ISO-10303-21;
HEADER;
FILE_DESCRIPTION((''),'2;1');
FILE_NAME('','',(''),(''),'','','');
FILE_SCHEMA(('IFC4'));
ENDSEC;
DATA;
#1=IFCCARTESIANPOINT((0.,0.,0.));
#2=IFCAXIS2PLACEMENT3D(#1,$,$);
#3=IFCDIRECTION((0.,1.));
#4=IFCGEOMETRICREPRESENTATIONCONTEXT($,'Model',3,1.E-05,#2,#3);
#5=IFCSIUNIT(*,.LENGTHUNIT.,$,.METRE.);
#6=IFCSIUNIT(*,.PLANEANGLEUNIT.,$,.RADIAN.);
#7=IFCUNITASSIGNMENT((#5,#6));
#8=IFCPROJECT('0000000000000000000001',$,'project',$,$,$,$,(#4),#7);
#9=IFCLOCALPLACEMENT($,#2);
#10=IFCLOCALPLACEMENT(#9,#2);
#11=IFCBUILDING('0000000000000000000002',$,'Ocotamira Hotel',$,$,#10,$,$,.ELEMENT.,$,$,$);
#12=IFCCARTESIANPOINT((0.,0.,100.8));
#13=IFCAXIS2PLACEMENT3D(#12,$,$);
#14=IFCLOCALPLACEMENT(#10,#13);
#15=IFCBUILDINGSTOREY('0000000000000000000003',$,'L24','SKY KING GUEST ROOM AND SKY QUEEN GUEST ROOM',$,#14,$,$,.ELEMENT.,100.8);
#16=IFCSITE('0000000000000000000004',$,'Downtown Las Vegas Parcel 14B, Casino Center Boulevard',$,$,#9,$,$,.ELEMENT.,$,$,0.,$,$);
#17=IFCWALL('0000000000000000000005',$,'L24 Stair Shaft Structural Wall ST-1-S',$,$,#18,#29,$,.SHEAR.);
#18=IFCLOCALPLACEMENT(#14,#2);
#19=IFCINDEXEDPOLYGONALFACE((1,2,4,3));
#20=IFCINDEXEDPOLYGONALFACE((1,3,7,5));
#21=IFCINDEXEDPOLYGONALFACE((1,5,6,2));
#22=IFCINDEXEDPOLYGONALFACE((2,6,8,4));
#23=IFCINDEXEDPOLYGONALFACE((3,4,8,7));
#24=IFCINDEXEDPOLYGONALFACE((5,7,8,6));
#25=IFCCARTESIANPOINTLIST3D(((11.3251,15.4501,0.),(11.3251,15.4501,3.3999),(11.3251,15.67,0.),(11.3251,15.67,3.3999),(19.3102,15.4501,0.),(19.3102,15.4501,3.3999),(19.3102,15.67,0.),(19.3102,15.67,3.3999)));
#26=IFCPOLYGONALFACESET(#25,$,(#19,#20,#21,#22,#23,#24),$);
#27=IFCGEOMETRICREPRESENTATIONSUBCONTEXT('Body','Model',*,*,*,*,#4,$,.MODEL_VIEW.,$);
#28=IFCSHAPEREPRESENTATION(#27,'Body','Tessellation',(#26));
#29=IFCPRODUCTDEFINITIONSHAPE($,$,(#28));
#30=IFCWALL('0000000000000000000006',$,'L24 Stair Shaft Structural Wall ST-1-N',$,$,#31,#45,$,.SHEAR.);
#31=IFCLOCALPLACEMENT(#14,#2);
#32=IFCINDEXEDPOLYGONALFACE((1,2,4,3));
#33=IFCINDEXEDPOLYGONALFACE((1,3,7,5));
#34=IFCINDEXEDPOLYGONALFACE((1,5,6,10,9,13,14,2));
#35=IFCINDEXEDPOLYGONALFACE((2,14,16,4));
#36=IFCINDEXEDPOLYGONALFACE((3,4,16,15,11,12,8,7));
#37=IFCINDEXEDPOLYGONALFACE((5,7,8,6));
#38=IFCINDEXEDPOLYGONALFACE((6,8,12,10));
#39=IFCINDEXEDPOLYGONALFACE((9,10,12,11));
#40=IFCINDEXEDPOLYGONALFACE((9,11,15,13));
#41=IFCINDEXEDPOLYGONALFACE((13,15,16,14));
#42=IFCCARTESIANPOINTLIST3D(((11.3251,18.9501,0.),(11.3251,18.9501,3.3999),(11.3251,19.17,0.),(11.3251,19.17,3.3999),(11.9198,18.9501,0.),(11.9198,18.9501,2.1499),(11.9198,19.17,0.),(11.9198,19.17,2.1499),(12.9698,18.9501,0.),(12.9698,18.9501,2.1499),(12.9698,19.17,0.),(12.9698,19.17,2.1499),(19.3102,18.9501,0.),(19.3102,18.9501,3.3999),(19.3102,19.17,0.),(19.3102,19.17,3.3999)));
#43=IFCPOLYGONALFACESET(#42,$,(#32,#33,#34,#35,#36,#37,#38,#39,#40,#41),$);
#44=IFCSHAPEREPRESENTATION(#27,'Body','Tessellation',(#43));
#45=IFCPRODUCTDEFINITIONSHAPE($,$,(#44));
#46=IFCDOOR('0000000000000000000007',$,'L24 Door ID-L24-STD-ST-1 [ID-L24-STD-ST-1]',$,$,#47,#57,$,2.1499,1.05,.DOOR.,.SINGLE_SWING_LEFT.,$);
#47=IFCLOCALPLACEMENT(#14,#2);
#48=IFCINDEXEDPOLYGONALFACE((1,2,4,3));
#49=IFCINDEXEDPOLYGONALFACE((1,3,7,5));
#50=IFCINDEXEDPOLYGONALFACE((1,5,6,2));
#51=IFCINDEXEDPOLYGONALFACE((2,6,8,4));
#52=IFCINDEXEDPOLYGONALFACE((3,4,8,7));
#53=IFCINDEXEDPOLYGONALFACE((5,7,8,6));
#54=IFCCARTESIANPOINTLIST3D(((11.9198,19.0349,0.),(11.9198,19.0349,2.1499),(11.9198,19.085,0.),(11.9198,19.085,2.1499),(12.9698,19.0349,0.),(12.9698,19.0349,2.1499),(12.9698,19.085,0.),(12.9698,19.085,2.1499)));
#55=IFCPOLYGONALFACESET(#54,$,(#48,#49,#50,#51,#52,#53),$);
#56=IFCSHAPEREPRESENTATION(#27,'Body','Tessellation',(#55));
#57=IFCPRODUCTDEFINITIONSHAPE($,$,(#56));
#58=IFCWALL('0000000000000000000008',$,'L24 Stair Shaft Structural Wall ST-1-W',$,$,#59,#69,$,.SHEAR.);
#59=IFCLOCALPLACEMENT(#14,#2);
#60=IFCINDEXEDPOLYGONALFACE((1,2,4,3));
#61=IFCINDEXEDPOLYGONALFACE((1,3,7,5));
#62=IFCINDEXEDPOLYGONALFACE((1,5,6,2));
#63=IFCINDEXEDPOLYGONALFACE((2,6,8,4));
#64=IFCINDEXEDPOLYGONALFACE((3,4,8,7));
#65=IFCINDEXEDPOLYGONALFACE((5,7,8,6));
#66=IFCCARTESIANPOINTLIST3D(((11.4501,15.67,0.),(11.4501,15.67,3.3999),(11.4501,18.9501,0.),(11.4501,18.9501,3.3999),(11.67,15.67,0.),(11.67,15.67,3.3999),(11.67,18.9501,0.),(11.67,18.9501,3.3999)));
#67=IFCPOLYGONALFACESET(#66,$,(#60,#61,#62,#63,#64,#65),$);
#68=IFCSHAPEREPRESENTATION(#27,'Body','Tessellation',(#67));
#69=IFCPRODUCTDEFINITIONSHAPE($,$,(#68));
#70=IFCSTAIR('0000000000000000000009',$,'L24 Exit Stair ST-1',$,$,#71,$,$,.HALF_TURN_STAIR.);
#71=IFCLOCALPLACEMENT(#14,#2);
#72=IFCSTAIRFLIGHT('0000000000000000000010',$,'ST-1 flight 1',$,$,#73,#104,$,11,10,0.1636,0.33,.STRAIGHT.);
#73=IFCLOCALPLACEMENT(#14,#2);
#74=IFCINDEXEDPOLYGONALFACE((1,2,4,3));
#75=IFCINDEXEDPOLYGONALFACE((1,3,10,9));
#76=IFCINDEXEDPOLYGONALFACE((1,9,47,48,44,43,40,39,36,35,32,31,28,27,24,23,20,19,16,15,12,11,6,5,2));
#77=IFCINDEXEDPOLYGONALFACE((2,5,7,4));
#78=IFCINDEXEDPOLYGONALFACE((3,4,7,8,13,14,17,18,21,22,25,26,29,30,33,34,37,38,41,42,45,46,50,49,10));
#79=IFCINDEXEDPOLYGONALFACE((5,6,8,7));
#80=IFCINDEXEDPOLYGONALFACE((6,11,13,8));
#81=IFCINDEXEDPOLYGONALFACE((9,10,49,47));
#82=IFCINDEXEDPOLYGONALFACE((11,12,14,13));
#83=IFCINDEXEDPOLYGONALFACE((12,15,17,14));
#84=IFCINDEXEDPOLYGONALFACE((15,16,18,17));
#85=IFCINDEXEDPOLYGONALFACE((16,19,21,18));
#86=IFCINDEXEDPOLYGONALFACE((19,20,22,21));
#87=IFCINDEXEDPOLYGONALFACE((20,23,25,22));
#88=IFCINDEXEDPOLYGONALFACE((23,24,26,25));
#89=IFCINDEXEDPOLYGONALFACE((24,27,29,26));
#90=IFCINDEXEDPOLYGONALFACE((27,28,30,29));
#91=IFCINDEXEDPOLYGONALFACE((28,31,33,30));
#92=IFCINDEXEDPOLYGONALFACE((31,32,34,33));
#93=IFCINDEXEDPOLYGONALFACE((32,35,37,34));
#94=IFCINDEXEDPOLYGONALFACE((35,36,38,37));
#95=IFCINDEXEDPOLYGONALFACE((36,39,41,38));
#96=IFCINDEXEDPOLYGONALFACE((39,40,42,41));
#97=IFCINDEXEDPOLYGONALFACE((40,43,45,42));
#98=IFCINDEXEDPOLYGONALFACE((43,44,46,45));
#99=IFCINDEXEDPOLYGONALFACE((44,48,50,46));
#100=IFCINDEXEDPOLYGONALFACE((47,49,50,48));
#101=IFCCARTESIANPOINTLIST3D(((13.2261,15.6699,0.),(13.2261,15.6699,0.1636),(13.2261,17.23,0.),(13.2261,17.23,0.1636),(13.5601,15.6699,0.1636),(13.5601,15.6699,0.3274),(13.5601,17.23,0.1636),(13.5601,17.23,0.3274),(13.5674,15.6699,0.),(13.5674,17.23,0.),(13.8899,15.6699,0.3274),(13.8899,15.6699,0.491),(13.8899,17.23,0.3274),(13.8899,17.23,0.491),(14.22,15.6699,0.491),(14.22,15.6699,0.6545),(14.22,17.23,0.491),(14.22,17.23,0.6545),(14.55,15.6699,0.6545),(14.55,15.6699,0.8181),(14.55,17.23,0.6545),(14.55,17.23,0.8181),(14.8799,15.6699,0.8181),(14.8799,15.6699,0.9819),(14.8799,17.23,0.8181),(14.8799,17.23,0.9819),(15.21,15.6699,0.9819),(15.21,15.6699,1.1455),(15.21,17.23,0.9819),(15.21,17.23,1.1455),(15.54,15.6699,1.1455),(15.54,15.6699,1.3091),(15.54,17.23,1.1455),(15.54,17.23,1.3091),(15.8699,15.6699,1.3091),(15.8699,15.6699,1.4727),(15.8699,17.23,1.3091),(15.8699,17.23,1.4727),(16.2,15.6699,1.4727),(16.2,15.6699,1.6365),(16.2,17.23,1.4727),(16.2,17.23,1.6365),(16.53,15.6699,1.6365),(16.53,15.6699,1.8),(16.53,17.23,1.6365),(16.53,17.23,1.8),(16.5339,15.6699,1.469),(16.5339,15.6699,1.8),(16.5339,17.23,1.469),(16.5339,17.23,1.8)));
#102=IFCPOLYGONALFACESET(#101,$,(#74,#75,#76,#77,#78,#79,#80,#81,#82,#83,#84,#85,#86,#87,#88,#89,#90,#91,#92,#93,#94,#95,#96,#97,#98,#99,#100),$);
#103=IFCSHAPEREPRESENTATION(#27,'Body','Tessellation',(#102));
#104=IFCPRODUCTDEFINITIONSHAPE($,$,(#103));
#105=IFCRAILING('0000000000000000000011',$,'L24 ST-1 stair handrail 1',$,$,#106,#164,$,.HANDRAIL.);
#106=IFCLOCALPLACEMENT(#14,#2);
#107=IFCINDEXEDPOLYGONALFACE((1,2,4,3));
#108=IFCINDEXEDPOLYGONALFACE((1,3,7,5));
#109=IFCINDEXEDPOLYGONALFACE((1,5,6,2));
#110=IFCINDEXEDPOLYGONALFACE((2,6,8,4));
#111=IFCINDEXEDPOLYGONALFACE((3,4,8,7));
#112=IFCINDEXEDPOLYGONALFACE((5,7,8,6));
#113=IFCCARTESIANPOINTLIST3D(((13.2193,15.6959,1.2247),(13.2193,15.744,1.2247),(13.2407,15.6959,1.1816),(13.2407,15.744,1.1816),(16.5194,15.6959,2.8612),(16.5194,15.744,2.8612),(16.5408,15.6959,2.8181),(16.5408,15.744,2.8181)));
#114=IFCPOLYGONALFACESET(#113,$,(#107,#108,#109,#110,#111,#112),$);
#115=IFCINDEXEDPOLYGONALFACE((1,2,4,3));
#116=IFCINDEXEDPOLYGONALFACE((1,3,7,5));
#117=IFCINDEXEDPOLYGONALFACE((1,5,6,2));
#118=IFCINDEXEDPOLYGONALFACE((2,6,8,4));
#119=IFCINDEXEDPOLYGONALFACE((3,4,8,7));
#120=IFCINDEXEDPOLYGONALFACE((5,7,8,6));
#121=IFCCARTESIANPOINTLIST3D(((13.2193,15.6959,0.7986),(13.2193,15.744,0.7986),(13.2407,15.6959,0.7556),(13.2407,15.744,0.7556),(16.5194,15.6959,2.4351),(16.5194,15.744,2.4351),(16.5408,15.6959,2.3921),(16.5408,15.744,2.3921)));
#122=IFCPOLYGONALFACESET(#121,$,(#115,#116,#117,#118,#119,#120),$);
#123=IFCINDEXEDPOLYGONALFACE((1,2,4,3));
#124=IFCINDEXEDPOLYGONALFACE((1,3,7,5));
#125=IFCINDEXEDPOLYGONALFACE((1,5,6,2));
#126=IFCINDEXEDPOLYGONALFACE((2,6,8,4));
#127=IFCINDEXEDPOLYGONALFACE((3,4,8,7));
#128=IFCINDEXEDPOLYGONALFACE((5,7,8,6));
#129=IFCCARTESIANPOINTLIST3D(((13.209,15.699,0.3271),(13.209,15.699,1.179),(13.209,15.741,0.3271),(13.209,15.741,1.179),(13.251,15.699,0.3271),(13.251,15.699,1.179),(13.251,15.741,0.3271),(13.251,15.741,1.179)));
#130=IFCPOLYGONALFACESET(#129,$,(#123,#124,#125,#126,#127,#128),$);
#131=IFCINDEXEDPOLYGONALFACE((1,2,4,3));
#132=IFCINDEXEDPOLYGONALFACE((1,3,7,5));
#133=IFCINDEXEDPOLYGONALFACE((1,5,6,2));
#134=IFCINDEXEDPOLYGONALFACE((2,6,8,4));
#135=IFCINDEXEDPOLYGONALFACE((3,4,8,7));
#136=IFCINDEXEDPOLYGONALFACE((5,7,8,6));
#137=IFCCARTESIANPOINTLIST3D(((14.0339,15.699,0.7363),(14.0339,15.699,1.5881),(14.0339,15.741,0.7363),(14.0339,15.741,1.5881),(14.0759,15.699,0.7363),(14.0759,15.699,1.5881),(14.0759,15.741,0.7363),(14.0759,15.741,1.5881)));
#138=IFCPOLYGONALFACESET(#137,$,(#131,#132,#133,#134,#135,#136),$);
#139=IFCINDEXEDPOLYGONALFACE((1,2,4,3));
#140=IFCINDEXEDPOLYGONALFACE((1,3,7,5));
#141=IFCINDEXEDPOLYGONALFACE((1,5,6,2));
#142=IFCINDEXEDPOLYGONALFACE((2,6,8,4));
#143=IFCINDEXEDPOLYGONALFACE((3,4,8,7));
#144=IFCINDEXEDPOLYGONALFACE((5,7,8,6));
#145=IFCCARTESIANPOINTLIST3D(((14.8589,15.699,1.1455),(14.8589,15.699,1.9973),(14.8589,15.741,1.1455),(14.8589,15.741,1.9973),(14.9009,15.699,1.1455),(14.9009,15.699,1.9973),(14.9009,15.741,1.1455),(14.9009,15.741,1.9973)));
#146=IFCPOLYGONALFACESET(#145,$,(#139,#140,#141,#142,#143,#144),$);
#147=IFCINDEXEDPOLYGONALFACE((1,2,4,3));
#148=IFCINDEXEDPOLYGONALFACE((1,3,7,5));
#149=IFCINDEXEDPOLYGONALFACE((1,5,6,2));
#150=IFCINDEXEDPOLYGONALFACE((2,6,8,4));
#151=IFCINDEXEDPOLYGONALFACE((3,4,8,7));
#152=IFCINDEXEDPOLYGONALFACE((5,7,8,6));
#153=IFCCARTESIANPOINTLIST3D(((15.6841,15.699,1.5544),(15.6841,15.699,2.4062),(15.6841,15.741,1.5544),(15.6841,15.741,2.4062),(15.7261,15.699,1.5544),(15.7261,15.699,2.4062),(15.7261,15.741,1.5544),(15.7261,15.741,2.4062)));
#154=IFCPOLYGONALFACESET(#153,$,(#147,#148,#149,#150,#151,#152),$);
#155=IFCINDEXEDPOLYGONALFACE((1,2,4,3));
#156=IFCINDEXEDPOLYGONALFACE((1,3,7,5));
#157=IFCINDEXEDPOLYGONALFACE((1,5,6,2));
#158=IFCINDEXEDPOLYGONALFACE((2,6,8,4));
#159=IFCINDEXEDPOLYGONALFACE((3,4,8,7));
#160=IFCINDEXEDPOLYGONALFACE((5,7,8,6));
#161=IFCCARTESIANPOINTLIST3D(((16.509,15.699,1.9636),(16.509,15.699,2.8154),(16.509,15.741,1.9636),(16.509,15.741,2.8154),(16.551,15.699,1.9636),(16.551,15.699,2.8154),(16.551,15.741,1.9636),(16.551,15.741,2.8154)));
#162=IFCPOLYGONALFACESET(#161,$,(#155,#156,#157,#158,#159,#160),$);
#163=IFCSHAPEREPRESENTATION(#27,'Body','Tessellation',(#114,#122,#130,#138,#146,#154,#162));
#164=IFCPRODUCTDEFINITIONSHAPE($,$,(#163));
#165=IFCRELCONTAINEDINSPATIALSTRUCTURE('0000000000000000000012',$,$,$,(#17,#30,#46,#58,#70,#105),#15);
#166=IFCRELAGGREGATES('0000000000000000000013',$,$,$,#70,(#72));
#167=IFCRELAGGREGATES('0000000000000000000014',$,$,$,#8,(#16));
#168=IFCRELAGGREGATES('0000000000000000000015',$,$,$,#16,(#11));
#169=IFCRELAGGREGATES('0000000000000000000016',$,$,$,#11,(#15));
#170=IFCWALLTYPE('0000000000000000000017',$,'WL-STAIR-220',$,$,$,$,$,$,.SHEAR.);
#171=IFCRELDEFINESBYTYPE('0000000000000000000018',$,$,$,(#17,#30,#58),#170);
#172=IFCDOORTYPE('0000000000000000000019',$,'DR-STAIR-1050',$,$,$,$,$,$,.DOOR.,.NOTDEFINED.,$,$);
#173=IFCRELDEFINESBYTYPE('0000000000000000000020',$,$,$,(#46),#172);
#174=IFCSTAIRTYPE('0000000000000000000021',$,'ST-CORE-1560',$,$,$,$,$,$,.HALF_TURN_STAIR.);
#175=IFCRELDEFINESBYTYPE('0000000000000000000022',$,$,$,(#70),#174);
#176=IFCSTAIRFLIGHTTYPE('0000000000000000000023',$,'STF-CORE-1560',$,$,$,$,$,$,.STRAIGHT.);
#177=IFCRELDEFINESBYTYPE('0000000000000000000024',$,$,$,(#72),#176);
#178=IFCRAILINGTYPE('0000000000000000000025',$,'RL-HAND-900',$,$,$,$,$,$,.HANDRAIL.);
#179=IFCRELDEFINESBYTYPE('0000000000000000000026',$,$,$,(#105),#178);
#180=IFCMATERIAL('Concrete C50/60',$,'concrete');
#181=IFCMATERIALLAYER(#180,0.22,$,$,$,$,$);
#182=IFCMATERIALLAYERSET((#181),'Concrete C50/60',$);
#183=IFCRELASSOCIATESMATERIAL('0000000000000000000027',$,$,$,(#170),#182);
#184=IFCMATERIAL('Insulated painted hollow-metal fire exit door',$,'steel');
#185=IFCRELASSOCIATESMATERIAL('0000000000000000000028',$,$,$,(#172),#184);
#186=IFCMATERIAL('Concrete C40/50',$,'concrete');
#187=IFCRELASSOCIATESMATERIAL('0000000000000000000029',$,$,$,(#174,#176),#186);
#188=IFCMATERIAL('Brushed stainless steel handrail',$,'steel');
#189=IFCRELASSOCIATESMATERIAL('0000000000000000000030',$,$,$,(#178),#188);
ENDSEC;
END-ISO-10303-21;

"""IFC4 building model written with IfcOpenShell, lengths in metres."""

from ifc_helpers import new_model, si_unit, direction, frame, frame_2d, origin, origin_2d, place, context, subcontext, project, spatial, polyline, rectangle, outline, extrude, source, transform, mapped, material, layer, layer_set, type_object, element, fill, aggregate, save


model = new_model("IFC4")

# Units and contexts
model_context = context("Model", 3, precision=1e-05, world=origin(), true_north=direction((0.0, 1.0)))
body_context = subcontext(model_context, "Body", "Model", "MODEL_VIEW")
ifc_project = project(units=[si_unit("LENGTHUNIT", "METRE"), si_unit("PLANEANGLEUNIT", "RADIAN")], contexts=[model_context])

# Site, building, storey
site_placement = place(None, origin())
site = spatial("IfcSite", under=ifc_project, at=site_placement, Name="Downtown Las Vegas Parcel 14B, Casino Center Boulevard", CompositionType="ELEMENT", RefElevation=0.0)
building_placement = place(site_placement, origin())
building = spatial("IfcBuilding", under=site, at=building_placement, Name="Ocotamira Hotel", CompositionType="ELEMENT")
storey_placement = place(building_placement, frame((0.0, 0.0, 100.8)))
storey = spatial("IfcBuildingStorey", under=building, at=storey_placement, Name="L24", Description="SKY KING GUEST ROOM AND SKY QUEEN GUEST ROOM", CompositionType="ELEMENT", Elevation=100.8)

# Wall
ifc_material_1 = material(Name="Concrete C50/60", Category="concrete")
ifc_layer_1 = layer(ifc_material_1, 0.22)
ifc_layer_set_1 = layer_set([ifc_layer_1], Name="Concrete C50/60")
wall_type_1 = type_object("IfcWallType", Name="WL-STAIR-220", PredefinedType="SHEAR", material=ifc_layer_set_1)
wall_1_placement = place(storey_placement, frame((11.325, 15.5601, 0.0), z_axis=(0.0, 0.0, 1.0), x_axis=(1.0, 0.0, 0.0)))
element("IfcWall", 1, at=wall_1_placement, inside=storey, type_object=wall_type_1, Name="L24 Stair Shaft Structural Wall ST-1-S", PredefinedType="SHEAR", context=body_context, shape_type="SweptSolid", body=[
    extrude(rectangle(XDim=7.9851, YDim=0.22, at=frame_2d((3.9927, 0.0))), origin(), (0.0, 0.0, 1.0), 3.3999),
])

# Wall, opening, door
wall_2_placement = place(storey_placement, frame((11.325, 19.0601, 0.0), z_axis=(0.0, 0.0, 1.0), x_axis=(1.0, 0.0, 0.0)))
wall_2 = element("IfcWall", 2, at=wall_2_placement, inside=storey, type_object=wall_type_1, Name="L24 Stair Shaft Structural Wall ST-1-N", PredefinedType="SHEAR", context=body_context, shape_type="SweptSolid", body=[
    extrude(rectangle(XDim=7.9851, YDim=0.22, at=frame_2d((3.9927, 0.0))), origin(), (0.0, 0.0, 1.0), 3.3999),
])
opening_1_placement = place(wall_2_placement, frame((0.595, 0.0, 0.0)))
opening_1 = element("IfcOpeningElement", 3, at=opening_1_placement, cuts=wall_2, PredefinedType="OPENING", context=body_context, shape_type="SweptSolid", body=[
    extrude(rectangle(XDim=1.05, YDim=2.1499, at=frame_2d((0.5249, 1.075))), frame((0.0, 0.1201, 0.0), z_axis=(0.0, -1.0, 0.0), x_axis=(1.0, 0.0, 0.0)), (0.0, 0.0, 1.0), 0.24),
])
ifc_material_2 = material(Name="Insulated painted hollow-metal fire exit door", Category="steel")
door_type_1 = type_object("IfcDoorType", Name="DR-STAIR-1050", OperationType="NOTDEFINED", PredefinedType="DOOR", material=ifc_material_2)
shared_shape_1 = source(origin(), body_context, "Body", "SweptSolid", [
    extrude(rectangle(XDim=1.05, YDim=2.1499, at=frame_2d((0.5249, 1.075))), frame((0.0, 0.0249, 0.0), z_axis=(0.0, -1.0, 0.0), x_axis=(1.0, 0.0, 0.0)), (0.0, 0.0, 1.0), 0.05),
])
door_1_placement = place(opening_1_placement, origin())
door_1 = element("IfcDoor", 4, at=door_1_placement, inside=storey, type_object=door_type_1, Name="L24 Door ID-L24-STD-ST-1 [ID-L24-STD-ST-1]", OperationType="SINGLE_SWING_LEFT", OverallHeight=2.1499, OverallWidth=1.05, PredefinedType="DOOR", context=body_context, shape_type="MappedRepresentation", body=[
    mapped(shared_shape_1, transform((0.0, 0.0, 0.0), scale=1.0)),
])
fill(opening_1, door_1)

# Wall
wall_3_placement = place(storey_placement, frame((11.5601, 15.6699, 0.0), z_axis=(0.0, 0.0, 1.0), x_axis=(0.0, 1.0, 0.0)))
element("IfcWall", 5, at=wall_3_placement, inside=storey, type_object=wall_type_1, Name="L24 Stair Shaft Structural Wall ST-1-W", PredefinedType="SHEAR", context=body_context, shape_type="SweptSolid", body=[
    extrude(rectangle(XDim=3.28, YDim=0.22, at=frame_2d((1.6401, 0.0))), origin(), (0.0, 0.0, 1.0), 3.3999),
])

# Stair, stair flight
ifc_material_3 = material(Name="Concrete C40/50", Category="concrete")
stair_type = type_object("IfcStairType", Name="ST-CORE-1560", PredefinedType="HALF_TURN_STAIR", material=ifc_material_3)
stair_placement = place(storey_placement, origin())
stair = element("IfcStair", 6, at=stair_placement, inside=storey, type_object=stair_type, Name="L24 Exit Stair ST-1", PredefinedType="HALF_TURN_STAIR")
stair_flight_type = type_object("IfcStairFlightType", Name="STF-CORE-1560", PredefinedType="STRAIGHT", material=ifc_material_3)
shared_shape_2 = source(origin(), body_context, "Body", "SweptSolid", [
    extrude(outline(polyline([(-0.0039, 0.0), (-0.0039, 0.1636), (0.3301, 0.1636), (0.3301, 0.3274), (0.6599, 0.3274), (0.6599, 0.491), (0.99, 0.491), (0.99, 0.6545), (1.3201, 0.6545), (1.3201, 0.8181), (1.6499, 0.8181), (1.6499, 0.9819), (1.98, 0.9819), (1.98, 1.1455), (2.3101, 1.1455), (2.3101, 1.3091), (2.6399, 1.3091), (2.6399, 1.4727), (2.97, 1.4727), (2.97, 1.6365), (3.3, 1.6365), (3.3, 1.8), (3.304, 1.8), (3.304, 1.469), (0.3374, 0.0), (-0.0039, 0.0)])), frame((0.0, 0.78, 0.0), z_axis=(0.0, -1.0, 0.0), x_axis=(1.0, 0.0, 0.0)), (0.0, 0.0, 1.0), 1.5601),
])
stair_flight_placement = place(storey_placement, frame((13.23, 16.45, 0.0), z_axis=(0.0, 0.0, 1.0), x_axis=(1.0, 0.0, 0.0)))
stair_flight = element("IfcStairFlight", 7, at=stair_flight_placement, type_object=stair_flight_type, Name="ST-1 flight 1", NumberOfRisers=11, NumberOfTreads=10, PredefinedType="STRAIGHT", RiserHeight=0.1636, TreadLength=0.33, context=body_context, shape_type="MappedRepresentation", body=[
    mapped(shared_shape_2, transform((0.0, 0.0, 0.0), scale=1.0)),
])
aggregate(stair, [stair_flight])

# Railing
ifc_material_4 = material(Name="Brushed stainless steel handrail", Category="steel")
railing_type_1 = type_object("IfcRailingType", Name="RL-HAND-900", PredefinedType="HANDRAIL", material=ifc_material_4)
railing_1_placement = place(storey_placement, frame((13.23, 15.72, 0.3271)))
element("IfcRailing", 8, at=railing_1_placement, inside=storey, type_object=railing_type_1, Name="L24 ST-1 stair handrail 1", PredefinedType="HANDRAIL", context=body_context, shape_type="SweptSolid", body=[
    extrude(rectangle(XDim=0.0481, YDim=0.0481, at=origin_2d()), frame((0.0, 0.0, 0.876), z_axis=(0.895894, 0.0, 0.444268), x_axis=(0.0, 1.0, 0.0)), (0.0, 0.0, 1.0), 3.6836),
    extrude(rectangle(XDim=0.0481, YDim=0.0481, at=origin_2d()), frame((0.0, 0.0, 0.45), z_axis=(0.895894, 0.0, 0.444268), x_axis=(0.0, 1.0, 0.0)), (0.0, 0.0, 1.0), 3.6836),
    extrude(rectangle(XDim=0.042, YDim=0.042, at=origin_2d()), origin(), (0.0, 0.0, 1.0), 0.8518),
    extrude(rectangle(XDim=0.042, YDim=0.042, at=origin_2d()), frame((0.825, 0.0, 0.4092)), (0.0, 0.0, 1.0), 0.8518),
    extrude(rectangle(XDim=0.042, YDim=0.042, at=origin_2d()), frame((1.6499, 0.0, 0.8184)), (0.0, 0.0, 1.0), 0.8518),
    extrude(rectangle(XDim=0.042, YDim=0.042, at=origin_2d()), frame((2.4751, 0.0, 1.2273)), (0.0, 0.0, 1.0), 0.8518),
    extrude(rectangle(XDim=0.042, YDim=0.042, at=origin_2d()), frame((3.3, 0.0, 1.6365)), (0.0, 0.0, 1.0), 0.8518),
])

save(model, "model.ifc")
